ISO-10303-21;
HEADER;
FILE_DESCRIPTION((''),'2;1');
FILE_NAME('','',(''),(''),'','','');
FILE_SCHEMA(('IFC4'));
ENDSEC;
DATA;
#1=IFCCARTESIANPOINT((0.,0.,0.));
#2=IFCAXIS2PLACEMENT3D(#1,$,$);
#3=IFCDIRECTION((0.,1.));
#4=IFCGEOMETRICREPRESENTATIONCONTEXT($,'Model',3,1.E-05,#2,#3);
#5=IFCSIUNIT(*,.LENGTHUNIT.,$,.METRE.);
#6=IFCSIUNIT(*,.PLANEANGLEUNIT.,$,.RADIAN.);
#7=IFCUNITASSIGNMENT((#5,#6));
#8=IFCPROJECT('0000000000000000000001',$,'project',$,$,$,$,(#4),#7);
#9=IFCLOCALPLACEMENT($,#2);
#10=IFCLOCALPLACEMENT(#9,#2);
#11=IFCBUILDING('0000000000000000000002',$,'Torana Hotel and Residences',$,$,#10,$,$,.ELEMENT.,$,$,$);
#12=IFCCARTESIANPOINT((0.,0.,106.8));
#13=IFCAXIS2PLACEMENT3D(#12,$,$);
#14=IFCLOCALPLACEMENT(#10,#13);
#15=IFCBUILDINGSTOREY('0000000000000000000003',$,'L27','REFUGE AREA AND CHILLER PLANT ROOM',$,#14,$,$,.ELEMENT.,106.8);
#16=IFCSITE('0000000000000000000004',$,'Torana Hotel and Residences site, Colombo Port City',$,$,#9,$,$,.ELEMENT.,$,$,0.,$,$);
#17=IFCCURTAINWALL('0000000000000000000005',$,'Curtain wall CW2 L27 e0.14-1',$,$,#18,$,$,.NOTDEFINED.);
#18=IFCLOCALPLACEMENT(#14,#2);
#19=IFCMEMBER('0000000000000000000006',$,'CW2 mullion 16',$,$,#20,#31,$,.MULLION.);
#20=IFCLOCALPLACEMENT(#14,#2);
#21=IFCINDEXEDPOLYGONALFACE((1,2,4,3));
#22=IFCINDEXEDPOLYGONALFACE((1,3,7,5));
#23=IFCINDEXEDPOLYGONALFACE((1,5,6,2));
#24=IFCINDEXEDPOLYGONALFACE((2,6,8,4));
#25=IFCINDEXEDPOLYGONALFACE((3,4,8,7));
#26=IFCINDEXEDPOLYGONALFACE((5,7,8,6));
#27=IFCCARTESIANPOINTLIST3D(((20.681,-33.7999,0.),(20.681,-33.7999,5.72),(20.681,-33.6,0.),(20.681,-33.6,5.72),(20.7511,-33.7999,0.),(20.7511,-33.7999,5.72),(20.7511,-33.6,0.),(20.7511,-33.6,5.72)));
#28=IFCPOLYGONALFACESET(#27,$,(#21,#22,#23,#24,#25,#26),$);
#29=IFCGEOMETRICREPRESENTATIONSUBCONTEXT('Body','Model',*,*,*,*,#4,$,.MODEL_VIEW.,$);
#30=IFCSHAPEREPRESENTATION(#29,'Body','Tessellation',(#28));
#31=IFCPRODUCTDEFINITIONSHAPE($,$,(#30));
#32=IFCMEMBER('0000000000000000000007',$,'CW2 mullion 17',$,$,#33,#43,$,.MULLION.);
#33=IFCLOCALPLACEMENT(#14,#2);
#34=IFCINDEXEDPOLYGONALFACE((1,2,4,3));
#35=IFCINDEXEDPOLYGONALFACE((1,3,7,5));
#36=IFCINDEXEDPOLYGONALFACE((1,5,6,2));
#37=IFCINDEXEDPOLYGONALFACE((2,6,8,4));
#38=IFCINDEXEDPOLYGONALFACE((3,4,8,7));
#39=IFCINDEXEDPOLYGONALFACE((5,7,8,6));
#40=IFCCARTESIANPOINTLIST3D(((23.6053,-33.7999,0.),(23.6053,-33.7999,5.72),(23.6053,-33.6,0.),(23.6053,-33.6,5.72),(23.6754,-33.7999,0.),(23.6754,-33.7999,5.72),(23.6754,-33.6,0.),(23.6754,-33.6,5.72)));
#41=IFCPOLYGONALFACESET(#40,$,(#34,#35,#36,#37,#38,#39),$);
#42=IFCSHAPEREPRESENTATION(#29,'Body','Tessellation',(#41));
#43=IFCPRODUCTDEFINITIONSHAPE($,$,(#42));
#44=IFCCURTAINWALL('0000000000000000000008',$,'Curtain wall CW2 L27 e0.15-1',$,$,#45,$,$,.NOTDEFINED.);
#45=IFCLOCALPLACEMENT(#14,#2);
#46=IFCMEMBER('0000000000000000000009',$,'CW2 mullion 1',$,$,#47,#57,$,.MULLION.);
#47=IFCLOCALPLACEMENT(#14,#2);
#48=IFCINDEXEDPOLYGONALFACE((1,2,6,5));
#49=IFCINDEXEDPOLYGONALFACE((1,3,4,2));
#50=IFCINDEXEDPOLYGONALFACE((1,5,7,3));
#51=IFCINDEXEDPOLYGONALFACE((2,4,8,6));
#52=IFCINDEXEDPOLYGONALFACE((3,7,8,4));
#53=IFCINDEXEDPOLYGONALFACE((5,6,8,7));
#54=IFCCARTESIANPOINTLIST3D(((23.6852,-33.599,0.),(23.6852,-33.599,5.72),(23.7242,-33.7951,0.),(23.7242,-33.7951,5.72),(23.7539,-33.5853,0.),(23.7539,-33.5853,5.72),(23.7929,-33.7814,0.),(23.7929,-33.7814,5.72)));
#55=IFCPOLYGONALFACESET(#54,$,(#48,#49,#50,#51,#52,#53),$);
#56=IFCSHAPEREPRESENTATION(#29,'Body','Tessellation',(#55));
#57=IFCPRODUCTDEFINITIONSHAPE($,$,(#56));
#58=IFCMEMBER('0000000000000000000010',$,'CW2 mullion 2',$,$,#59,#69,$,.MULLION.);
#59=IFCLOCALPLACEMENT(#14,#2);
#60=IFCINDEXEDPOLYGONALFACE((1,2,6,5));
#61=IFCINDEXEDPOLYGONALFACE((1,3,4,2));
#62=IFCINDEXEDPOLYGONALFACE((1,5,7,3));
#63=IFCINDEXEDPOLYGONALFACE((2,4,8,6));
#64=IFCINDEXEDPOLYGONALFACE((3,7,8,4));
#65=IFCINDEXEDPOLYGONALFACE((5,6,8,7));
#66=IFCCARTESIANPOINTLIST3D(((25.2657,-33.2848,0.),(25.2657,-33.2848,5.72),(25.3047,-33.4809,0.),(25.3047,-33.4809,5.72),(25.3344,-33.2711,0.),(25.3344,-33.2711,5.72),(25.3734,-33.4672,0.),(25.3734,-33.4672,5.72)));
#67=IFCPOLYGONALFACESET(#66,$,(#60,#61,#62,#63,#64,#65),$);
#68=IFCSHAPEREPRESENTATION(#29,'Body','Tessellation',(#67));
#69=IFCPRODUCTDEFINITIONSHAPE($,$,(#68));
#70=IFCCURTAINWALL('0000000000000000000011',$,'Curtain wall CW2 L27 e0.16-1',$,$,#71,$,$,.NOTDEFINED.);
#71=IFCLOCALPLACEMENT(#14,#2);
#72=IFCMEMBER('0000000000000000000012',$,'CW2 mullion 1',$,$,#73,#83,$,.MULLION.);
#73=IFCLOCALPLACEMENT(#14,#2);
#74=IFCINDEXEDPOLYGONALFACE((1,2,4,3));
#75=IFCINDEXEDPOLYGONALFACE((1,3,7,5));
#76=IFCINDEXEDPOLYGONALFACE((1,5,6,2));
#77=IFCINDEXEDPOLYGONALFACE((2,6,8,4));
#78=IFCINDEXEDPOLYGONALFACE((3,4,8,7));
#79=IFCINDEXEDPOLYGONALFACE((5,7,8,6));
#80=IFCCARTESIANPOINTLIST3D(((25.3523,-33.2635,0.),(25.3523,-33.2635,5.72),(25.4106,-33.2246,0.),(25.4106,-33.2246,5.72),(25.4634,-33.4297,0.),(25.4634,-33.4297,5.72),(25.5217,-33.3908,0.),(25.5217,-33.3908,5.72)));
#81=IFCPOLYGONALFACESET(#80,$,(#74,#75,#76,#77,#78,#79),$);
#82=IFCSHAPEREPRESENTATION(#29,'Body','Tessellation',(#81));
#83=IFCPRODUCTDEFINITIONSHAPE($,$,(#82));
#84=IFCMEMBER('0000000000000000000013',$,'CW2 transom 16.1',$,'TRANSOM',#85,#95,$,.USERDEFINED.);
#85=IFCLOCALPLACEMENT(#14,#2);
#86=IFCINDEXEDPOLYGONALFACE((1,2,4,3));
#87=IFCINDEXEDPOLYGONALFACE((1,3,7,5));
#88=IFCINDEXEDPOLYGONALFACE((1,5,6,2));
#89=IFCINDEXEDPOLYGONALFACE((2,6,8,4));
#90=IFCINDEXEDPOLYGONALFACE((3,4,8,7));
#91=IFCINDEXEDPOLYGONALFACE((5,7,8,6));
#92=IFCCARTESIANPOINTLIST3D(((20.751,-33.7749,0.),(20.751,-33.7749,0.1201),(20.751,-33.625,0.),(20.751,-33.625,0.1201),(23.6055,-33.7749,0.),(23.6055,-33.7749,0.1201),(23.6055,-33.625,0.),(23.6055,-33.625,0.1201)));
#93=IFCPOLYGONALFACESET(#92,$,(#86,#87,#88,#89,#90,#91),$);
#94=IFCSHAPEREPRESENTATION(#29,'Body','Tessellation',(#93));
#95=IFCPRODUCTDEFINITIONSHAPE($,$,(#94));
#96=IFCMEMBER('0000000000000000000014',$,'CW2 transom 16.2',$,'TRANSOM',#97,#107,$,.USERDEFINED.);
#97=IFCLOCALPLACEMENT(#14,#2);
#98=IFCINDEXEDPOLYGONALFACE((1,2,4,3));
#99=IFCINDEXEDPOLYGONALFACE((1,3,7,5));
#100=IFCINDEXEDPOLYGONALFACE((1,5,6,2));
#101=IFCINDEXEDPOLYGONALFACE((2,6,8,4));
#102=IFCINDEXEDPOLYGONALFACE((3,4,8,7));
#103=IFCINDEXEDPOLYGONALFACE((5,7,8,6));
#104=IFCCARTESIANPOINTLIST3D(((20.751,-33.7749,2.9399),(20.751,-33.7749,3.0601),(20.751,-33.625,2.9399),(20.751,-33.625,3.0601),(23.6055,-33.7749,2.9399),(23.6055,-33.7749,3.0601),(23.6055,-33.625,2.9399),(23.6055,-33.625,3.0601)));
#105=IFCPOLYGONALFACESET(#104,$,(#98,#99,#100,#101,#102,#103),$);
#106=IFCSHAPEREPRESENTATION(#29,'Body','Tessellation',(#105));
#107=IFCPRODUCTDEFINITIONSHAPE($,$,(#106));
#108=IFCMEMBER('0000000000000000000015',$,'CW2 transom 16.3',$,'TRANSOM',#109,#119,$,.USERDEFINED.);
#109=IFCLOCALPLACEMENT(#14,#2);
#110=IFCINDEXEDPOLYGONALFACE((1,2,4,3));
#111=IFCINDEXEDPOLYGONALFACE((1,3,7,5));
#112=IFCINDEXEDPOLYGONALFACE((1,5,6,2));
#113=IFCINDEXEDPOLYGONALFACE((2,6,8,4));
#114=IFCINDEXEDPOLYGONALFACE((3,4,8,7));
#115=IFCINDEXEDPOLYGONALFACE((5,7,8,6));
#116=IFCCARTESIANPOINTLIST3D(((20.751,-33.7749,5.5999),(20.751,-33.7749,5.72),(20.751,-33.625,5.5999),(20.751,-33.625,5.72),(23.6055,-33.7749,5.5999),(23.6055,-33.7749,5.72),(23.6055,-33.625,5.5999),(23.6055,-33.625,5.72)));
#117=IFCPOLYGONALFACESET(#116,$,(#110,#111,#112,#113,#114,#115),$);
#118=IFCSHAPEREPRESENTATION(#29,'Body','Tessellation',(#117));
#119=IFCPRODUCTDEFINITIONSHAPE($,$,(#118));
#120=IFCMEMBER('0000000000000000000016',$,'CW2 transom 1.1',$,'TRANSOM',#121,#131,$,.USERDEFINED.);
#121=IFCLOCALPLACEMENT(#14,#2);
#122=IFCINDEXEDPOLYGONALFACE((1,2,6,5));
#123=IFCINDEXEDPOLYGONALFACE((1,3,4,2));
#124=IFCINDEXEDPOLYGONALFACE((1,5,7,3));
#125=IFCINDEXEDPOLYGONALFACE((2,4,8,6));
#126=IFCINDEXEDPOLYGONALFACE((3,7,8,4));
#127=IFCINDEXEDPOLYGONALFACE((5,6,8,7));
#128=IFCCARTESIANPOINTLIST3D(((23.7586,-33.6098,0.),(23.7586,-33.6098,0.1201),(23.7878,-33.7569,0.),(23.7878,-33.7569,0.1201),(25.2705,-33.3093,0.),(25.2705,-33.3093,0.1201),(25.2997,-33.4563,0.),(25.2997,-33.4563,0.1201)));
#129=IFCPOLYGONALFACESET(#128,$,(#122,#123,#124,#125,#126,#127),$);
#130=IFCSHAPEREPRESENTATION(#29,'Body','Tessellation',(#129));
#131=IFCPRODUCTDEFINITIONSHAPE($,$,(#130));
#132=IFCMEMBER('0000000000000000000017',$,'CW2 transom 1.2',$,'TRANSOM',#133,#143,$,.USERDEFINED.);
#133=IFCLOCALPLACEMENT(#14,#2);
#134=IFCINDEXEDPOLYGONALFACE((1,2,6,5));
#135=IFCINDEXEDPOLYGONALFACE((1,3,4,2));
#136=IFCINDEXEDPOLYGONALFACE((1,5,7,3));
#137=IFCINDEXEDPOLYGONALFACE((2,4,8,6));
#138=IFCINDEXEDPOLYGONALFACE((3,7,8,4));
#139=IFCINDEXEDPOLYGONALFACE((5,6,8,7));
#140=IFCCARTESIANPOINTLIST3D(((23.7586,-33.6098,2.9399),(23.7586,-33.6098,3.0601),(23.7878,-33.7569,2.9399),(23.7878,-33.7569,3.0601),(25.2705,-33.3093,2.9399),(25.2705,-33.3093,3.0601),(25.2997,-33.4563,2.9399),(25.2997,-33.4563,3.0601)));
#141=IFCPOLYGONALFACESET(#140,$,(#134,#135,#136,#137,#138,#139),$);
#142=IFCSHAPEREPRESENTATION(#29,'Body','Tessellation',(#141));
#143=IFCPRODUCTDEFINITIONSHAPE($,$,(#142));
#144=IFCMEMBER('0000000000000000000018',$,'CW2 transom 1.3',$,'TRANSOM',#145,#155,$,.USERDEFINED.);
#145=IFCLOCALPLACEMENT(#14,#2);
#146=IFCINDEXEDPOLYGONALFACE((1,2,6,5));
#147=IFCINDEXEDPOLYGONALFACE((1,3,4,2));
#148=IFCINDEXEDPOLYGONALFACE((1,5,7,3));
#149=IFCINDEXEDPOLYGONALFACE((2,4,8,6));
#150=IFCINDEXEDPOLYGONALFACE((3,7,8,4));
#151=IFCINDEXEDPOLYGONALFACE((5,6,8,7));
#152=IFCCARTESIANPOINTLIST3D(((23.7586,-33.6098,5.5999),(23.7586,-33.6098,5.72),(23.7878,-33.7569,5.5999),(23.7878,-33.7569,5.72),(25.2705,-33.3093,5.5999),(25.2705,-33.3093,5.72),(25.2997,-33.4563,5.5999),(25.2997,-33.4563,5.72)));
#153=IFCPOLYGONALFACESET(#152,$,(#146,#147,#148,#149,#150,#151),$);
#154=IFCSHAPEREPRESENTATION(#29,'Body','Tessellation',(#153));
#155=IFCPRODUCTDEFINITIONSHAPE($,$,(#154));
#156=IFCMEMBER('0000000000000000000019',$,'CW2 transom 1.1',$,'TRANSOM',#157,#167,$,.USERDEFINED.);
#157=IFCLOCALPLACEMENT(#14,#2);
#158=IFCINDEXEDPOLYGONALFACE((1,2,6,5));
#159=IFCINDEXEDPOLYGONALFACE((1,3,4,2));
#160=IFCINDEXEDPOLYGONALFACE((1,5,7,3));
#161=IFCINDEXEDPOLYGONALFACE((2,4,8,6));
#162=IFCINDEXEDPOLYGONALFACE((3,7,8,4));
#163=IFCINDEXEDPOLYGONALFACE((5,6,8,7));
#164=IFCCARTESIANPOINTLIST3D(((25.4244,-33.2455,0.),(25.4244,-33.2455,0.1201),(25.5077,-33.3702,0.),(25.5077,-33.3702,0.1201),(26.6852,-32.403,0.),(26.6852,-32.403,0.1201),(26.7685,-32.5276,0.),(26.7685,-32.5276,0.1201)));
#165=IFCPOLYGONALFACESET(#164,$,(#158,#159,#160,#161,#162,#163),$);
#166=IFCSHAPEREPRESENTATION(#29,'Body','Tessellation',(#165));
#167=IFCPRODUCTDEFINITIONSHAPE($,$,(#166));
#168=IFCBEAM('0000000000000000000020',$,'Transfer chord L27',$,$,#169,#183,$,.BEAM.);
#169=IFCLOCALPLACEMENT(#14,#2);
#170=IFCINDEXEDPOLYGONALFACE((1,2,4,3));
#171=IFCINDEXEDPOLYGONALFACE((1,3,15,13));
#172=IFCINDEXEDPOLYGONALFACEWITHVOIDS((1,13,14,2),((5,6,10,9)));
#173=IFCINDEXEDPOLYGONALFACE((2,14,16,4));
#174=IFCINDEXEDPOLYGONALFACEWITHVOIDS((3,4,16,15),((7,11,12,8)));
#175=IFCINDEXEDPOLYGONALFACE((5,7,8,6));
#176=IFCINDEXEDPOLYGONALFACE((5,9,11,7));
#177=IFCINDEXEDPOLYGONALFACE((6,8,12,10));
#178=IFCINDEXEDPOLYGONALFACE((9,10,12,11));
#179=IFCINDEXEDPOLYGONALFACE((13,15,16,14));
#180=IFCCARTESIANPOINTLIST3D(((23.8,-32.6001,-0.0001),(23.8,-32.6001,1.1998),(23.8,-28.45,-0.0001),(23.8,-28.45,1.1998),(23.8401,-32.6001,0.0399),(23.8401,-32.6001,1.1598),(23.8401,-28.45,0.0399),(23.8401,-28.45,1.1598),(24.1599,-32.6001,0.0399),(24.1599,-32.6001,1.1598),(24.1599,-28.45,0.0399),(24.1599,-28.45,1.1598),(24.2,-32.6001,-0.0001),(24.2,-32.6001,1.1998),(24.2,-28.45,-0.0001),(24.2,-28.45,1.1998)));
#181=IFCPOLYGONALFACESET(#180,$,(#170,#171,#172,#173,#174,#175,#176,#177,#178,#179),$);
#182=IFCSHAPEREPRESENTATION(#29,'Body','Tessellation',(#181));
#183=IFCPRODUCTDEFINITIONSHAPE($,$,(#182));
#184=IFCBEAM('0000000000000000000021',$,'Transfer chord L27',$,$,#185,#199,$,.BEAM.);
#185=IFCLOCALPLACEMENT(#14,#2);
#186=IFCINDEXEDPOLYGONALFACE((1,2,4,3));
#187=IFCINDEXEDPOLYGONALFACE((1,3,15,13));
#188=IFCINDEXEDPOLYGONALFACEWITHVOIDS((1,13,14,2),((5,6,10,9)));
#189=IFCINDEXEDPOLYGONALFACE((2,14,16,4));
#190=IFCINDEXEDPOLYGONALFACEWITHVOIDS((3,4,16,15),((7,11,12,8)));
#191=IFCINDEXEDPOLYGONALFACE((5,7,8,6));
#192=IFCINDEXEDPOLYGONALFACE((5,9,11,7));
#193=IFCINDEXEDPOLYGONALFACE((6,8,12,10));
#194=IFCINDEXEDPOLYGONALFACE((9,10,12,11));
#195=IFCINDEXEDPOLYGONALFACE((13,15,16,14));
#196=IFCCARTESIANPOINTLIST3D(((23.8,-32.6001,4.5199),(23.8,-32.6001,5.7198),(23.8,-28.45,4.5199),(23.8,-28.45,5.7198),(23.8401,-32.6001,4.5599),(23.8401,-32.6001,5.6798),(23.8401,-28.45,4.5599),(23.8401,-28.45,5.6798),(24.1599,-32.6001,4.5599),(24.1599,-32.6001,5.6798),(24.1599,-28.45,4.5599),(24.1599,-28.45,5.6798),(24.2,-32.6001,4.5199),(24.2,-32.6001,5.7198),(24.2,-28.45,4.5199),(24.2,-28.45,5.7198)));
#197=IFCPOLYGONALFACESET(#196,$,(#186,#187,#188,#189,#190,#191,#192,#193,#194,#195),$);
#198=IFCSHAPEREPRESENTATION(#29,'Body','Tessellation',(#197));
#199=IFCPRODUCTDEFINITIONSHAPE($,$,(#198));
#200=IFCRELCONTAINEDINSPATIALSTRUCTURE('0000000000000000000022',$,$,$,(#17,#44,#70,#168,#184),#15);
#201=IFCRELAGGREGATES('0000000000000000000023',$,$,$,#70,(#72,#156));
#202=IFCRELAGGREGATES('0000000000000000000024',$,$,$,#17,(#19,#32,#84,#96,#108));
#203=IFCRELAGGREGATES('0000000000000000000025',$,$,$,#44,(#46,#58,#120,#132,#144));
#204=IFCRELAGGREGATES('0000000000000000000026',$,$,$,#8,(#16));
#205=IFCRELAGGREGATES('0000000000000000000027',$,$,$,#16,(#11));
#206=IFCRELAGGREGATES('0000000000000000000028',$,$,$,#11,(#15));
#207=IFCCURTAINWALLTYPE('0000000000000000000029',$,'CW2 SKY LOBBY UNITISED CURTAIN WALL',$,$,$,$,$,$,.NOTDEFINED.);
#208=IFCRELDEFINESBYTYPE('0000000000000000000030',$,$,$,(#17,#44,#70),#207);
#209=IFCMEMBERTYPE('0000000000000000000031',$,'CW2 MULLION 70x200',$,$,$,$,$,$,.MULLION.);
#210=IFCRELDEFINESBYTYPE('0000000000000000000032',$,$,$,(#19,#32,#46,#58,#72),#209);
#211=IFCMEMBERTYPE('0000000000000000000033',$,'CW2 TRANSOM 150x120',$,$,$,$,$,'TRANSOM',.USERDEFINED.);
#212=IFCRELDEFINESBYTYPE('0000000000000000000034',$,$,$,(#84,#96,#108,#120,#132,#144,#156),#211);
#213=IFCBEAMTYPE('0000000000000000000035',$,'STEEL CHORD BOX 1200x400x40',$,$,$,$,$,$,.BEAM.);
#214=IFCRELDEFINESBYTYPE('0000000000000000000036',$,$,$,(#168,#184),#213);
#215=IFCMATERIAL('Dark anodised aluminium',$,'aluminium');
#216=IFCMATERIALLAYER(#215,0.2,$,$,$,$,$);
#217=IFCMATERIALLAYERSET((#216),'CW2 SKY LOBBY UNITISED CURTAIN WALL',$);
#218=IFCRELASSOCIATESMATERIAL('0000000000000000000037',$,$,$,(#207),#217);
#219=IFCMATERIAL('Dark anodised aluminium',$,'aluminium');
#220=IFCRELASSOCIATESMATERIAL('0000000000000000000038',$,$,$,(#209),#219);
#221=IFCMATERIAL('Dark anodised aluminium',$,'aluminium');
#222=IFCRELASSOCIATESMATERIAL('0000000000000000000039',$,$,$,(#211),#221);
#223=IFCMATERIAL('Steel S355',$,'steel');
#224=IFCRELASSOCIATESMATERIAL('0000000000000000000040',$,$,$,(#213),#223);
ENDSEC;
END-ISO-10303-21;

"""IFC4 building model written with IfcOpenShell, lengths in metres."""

from ifc_helpers import new_model, si_unit, direction, frame, origin, origin_2d, place, context, subcontext, project, spatial, rectangle, hollow_rectangle, extrude, material, layer, layer_set, material_profile, profile_set, type_object, element, aggregate, save


model = new_model("IFC4")

# Units and contexts
model_context = context("Model", 3, precision=1e-05, world=origin(), true_north=direction((0.0, 1.0)))
body_context = subcontext(model_context, "Body", "Model", "MODEL_VIEW")
ifc_project = project(units=[si_unit("LENGTHUNIT", "METRE"), si_unit("PLANEANGLEUNIT", "RADIAN")], contexts=[model_context])

# Site, building, storey
site_placement = place(None, origin())
site = spatial("IfcSite", under=ifc_project, at=site_placement, Name="Torana Hotel and Residences site, Colombo Port City", CompositionType="ELEMENT", RefElevation=0.0)
building_placement = place(site_placement, origin())
building = spatial("IfcBuilding", under=site, at=building_placement, Name="Torana Hotel and Residences", CompositionType="ELEMENT")
storey_placement = place(building_placement, frame((0.0, 0.0, 106.8)))
storey = spatial("IfcBuildingStorey", under=building, at=storey_placement, Name="L27", Description="REFUGE AREA AND CHILLER PLANT ROOM", CompositionType="ELEMENT", Elevation=106.8)

# Curtain walls, members
ifc_material_1 = material(Name="Dark anodised aluminium", Category="aluminium")
ifc_layer_1 = layer(ifc_material_1, 0.2)
ifc_layer_set_1 = layer_set([ifc_layer_1], Name="CW2 SKY LOBBY UNITISED CURTAIN WALL")
curtain_wall_type = type_object("IfcCurtainWallType", Name="CW2 SKY LOBBY UNITISED CURTAIN WALL", PredefinedType="NOTDEFINED", material=ifc_layer_set_1)
curtain_wall_1_placement = place(storey_placement, origin())
curtain_wall_1 = element("IfcCurtainWall", 1, at=curtain_wall_1_placement, inside=storey, type_object=curtain_wall_type, Name="Curtain wall CW2 L27 e0.14-1", PredefinedType="NOTDEFINED")
ifc_material_2 = material(Name="Dark anodised aluminium", Category="aluminium")
ifc_material_profile_1 = material_profile(ifc_material_2, rectangle(XDim=0.2, YDim=0.0701, at=origin_2d()), Name="CW2 MULLION 70x200")
ifc_profile_set_1 = profile_set([ifc_material_profile_1], Name="Dark anodised aluminium")
member_type_1 = type_object("IfcMemberType", Name="CW2 MULLION 70x200", PredefinedType="MULLION", material=ifc_profile_set_1)
member_1_placement = place(storey_placement, frame((20.7161, -33.7, 0.0), z_axis=(0.0, 0.0, 1.0), x_axis=(0.0, 1.0, 0.0)))
member_1 = element("IfcMember", 2, at=member_1_placement, type_object=member_type_1, Name="CW2 mullion 16", PredefinedType="MULLION", context=body_context, shape_type="SweptSolid", body=[
    extrude(rectangle(XDim=0.2, YDim=0.0701, at=origin_2d()), origin(), (0.0, 0.0, 1.0), 5.72),
])
member_2_placement = place(storey_placement, frame((23.6404, -33.7, 0.0), z_axis=(0.0, 0.0, 1.0), x_axis=(0.0, 1.0, 0.0)))
member_2 = element("IfcMember", 3, at=member_2_placement, type_object=member_type_1, Name="CW2 mullion 17", PredefinedType="MULLION", context=body_context, shape_type="SweptSolid", body=[
    extrude(rectangle(XDim=0.2, YDim=0.0701, at=origin_2d()), origin(), (0.0, 0.0, 1.0), 5.72),
])
curtain_wall_2_placement = place(storey_placement, origin())
curtain_wall_2 = element("IfcCurtainWall", 4, at=curtain_wall_2_placement, inside=storey, type_object=curtain_wall_type, Name="Curtain wall CW2 L27 e0.15-1", PredefinedType="NOTDEFINED")
member_3_placement = place(storey_placement, frame((23.739, -33.6902, 0.0), z_axis=(0.0, 0.0, 1.0), x_axis=(-0.195064, 0.980791, 0.0)))
member_3 = element("IfcMember", 5, at=member_3_placement, type_object=member_type_1, Name="CW2 mullion 1", PredefinedType="MULLION", context=body_context, shape_type="SweptSolid", body=[
    extrude(rectangle(XDim=0.2, YDim=0.0701, at=origin_2d()), origin(), (0.0, 0.0, 1.0), 5.72),
])
member_4_placement = place(storey_placement, frame((25.3196, -33.376, 0.0), z_axis=(0.0, 0.0, 1.0), x_axis=(-0.195064, 0.980791, 0.0)))
member_4 = element("IfcMember", 6, at=member_4_placement, type_object=member_type_1, Name="CW2 mullion 2", PredefinedType="MULLION", context=body_context, shape_type="SweptSolid", body=[
    extrude(rectangle(XDim=0.2, YDim=0.0701, at=origin_2d()), origin(), (0.0, 0.0, 1.0), 5.72),
])

# Curtain wall, member
curtain_wall_3_placement = place(storey_placement, origin())
curtain_wall_3 = element("IfcCurtainWall", 7, at=curtain_wall_3_placement, inside=storey, type_object=curtain_wall_type, Name="Curtain wall CW2 L27 e0.16-1", PredefinedType="NOTDEFINED")
member_5_placement = place(storey_placement, frame((25.437, -33.3271, 0.0), z_axis=(0.0, 0.0, 1.0), x_axis=(-0.555564, 0.831474, 0.0)))
member_5 = element("IfcMember", 8, at=member_5_placement, type_object=member_type_1, Name="CW2 mullion 1", PredefinedType="MULLION", context=body_context, shape_type="SweptSolid", body=[
    extrude(rectangle(XDim=0.2, YDim=0.0701, at=origin_2d()), origin(), (0.0, 0.0, 1.0), 5.72),
])

# Members
ifc_material_3 = material(Name="Dark anodised aluminium", Category="aluminium")
ifc_material_profile_2 = material_profile(ifc_material_3, rectangle(XDim=0.1499, YDim=0.1201, at=origin_2d()), Name="CW2 TRANSOM 150x120")
ifc_profile_set_2 = profile_set([ifc_material_profile_2], Name="Dark anodised aluminium")
member_type_2 = type_object("IfcMemberType", Name="CW2 TRANSOM 150x120", ElementType="TRANSOM", PredefinedType="USERDEFINED", material=ifc_profile_set_2)
member_6_placement = place(storey_placement, frame((20.751, -33.7, 0.0601), z_axis=(1.0, 0.0, 0.0), x_axis=(0.0, 1.0, 0.0)))
member_6 = element("IfcMember", 9, at=member_6_placement, type_object=member_type_2, Name="CW2 transom 16.1", ObjectType="TRANSOM", PredefinedType="USERDEFINED", context=body_context, shape_type="SweptSolid", body=[
    extrude(rectangle(XDim=0.1499, YDim=0.1201, at=origin_2d()), origin(), (0.0, 0.0, 1.0), 2.8545),
])
member_7_placement = place(storey_placement, frame((20.751, -33.7, 3.0), z_axis=(1.0, 0.0, 0.0), x_axis=(0.0, 1.0, 0.0)))
member_7 = element("IfcMember", 10, at=member_7_placement, type_object=member_type_2, Name="CW2 transom 16.2", ObjectType="TRANSOM", PredefinedType="USERDEFINED", context=body_context, shape_type="SweptSolid", body=[
    extrude(rectangle(XDim=0.1499, YDim=0.1201, at=origin_2d()), origin(), (0.0, 0.0, 1.0), 2.8545),
])
member_8_placement = place(storey_placement, frame((20.751, -33.7, 5.6599), z_axis=(1.0, 0.0, 0.0), x_axis=(0.0, 1.0, 0.0)))
member_8 = element("IfcMember", 11, at=member_8_placement, type_object=member_type_2, Name="CW2 transom 16.3", ObjectType="TRANSOM", PredefinedType="USERDEFINED", context=body_context, shape_type="SweptSolid", body=[
    extrude(rectangle(XDim=0.1499, YDim=0.1201, at=origin_2d()), origin(), (0.0, 0.0, 1.0), 2.8545),
])
member_9_placement = place(storey_placement, frame((23.7732, -33.6833, 0.0601), z_axis=(0.980811, 0.194959, 0.0), x_axis=(-0.194959, 0.980811, 0.0)))
member_9 = element("IfcMember", 12, at=member_9_placement, type_object=member_type_2, Name="CW2 transom 1.1", ObjectType="TRANSOM", PredefinedType="USERDEFINED", context=body_context, shape_type="SweptSolid", body=[
    extrude(rectangle(XDim=0.1499, YDim=0.1201, at=origin_2d()), origin(), (0.0, 0.0, 1.0), 1.5415),
])
member_10_placement = place(storey_placement, frame((23.7732, -33.6833, 3.0), z_axis=(0.980811, 0.194959, 0.0), x_axis=(-0.194959, 0.980811, 0.0)))
member_10 = element("IfcMember", 13, at=member_10_placement, type_object=member_type_2, Name="CW2 transom 1.2", ObjectType="TRANSOM", PredefinedType="USERDEFINED", context=body_context, shape_type="SweptSolid", body=[
    extrude(rectangle(XDim=0.1499, YDim=0.1201, at=origin_2d()), origin(), (0.0, 0.0, 1.0), 1.5415),
])
member_11_placement = place(storey_placement, frame((23.7732, -33.6833, 5.6599), z_axis=(0.980811, 0.194959, 0.0), x_axis=(-0.194959, 0.980811, 0.0)))
member_11 = element("IfcMember", 14, at=member_11_placement, type_object=member_type_2, Name="CW2 transom 1.3", ObjectType="TRANSOM", PredefinedType="USERDEFINED", context=body_context, shape_type="SweptSolid", body=[
    extrude(rectangle(XDim=0.1499, YDim=0.1201, at=origin_2d()), origin(), (0.0, 0.0, 1.0), 1.5415),
])
member_12_placement = place(storey_placement, frame((25.4661, -33.3079, 0.0601), z_axis=(0.831431, 0.555629, 0.0), x_axis=(-0.555629, 0.831431, 0.0)))
member_12 = element("IfcMember", 15, at=member_12_placement, type_object=member_type_2, Name="CW2 transom 1.1", ObjectType="TRANSOM", PredefinedType="USERDEFINED", context=body_context, shape_type="SweptSolid", body=[
    extrude(rectangle(XDim=0.1499, YDim=0.1201, at=origin_2d()), origin(), (0.0, 0.0, 1.0), 1.5164),
])
aggregate(curtain_wall_3, [member_5, member_12])

# Beams
ifc_material_4 = material(Name="Steel S355", Category="steel")
ifc_material_profile_3 = material_profile(ifc_material_4, hollow_rectangle(XDim=0.3999, YDim=1.2, WallThickness=0.04, at=origin_2d()), Name="BOX 1200x400x40")
ifc_profile_set_3 = profile_set([ifc_material_profile_3], Name="Steel S355")
beam_type = type_object("IfcBeamType", Name="STEEL CHORD BOX 1200x400x40", PredefinedType="BEAM", material=ifc_profile_set_3)
for number, where, z_axis, x_axis, name in (
    (16, (24.0, -32.6001, 0.5999), (0.0, 1.0, 0.0), (-1.0, 0.0, 0.0), "Transfer chord L27"),
    (17, (24.0, -32.6001, 5.1199), (0.0, 1.0, 0.0), (-1.0, 0.0, 0.0), "Transfer chord L27"),
):
    element("IfcBeam", number, at=place(storey_placement, frame(where, z_axis=z_axis, x_axis=x_axis)), inside=storey, type_object=beam_type, Name=name, PredefinedType="BEAM", context=body_context, shape_type="SweptSolid", body=[
        extrude(hollow_rectangle(XDim=0.3999, YDim=1.2, WallThickness=0.04, at=origin_2d()), origin(), (0.0, 0.0, 1.0), 4.1501),
    ])

aggregate(curtain_wall_1, [member_1, member_2, member_6, member_7, member_8])
aggregate(curtain_wall_2, [member_3, member_4, member_9, member_10, member_11])

save(model, "model.ifc")
